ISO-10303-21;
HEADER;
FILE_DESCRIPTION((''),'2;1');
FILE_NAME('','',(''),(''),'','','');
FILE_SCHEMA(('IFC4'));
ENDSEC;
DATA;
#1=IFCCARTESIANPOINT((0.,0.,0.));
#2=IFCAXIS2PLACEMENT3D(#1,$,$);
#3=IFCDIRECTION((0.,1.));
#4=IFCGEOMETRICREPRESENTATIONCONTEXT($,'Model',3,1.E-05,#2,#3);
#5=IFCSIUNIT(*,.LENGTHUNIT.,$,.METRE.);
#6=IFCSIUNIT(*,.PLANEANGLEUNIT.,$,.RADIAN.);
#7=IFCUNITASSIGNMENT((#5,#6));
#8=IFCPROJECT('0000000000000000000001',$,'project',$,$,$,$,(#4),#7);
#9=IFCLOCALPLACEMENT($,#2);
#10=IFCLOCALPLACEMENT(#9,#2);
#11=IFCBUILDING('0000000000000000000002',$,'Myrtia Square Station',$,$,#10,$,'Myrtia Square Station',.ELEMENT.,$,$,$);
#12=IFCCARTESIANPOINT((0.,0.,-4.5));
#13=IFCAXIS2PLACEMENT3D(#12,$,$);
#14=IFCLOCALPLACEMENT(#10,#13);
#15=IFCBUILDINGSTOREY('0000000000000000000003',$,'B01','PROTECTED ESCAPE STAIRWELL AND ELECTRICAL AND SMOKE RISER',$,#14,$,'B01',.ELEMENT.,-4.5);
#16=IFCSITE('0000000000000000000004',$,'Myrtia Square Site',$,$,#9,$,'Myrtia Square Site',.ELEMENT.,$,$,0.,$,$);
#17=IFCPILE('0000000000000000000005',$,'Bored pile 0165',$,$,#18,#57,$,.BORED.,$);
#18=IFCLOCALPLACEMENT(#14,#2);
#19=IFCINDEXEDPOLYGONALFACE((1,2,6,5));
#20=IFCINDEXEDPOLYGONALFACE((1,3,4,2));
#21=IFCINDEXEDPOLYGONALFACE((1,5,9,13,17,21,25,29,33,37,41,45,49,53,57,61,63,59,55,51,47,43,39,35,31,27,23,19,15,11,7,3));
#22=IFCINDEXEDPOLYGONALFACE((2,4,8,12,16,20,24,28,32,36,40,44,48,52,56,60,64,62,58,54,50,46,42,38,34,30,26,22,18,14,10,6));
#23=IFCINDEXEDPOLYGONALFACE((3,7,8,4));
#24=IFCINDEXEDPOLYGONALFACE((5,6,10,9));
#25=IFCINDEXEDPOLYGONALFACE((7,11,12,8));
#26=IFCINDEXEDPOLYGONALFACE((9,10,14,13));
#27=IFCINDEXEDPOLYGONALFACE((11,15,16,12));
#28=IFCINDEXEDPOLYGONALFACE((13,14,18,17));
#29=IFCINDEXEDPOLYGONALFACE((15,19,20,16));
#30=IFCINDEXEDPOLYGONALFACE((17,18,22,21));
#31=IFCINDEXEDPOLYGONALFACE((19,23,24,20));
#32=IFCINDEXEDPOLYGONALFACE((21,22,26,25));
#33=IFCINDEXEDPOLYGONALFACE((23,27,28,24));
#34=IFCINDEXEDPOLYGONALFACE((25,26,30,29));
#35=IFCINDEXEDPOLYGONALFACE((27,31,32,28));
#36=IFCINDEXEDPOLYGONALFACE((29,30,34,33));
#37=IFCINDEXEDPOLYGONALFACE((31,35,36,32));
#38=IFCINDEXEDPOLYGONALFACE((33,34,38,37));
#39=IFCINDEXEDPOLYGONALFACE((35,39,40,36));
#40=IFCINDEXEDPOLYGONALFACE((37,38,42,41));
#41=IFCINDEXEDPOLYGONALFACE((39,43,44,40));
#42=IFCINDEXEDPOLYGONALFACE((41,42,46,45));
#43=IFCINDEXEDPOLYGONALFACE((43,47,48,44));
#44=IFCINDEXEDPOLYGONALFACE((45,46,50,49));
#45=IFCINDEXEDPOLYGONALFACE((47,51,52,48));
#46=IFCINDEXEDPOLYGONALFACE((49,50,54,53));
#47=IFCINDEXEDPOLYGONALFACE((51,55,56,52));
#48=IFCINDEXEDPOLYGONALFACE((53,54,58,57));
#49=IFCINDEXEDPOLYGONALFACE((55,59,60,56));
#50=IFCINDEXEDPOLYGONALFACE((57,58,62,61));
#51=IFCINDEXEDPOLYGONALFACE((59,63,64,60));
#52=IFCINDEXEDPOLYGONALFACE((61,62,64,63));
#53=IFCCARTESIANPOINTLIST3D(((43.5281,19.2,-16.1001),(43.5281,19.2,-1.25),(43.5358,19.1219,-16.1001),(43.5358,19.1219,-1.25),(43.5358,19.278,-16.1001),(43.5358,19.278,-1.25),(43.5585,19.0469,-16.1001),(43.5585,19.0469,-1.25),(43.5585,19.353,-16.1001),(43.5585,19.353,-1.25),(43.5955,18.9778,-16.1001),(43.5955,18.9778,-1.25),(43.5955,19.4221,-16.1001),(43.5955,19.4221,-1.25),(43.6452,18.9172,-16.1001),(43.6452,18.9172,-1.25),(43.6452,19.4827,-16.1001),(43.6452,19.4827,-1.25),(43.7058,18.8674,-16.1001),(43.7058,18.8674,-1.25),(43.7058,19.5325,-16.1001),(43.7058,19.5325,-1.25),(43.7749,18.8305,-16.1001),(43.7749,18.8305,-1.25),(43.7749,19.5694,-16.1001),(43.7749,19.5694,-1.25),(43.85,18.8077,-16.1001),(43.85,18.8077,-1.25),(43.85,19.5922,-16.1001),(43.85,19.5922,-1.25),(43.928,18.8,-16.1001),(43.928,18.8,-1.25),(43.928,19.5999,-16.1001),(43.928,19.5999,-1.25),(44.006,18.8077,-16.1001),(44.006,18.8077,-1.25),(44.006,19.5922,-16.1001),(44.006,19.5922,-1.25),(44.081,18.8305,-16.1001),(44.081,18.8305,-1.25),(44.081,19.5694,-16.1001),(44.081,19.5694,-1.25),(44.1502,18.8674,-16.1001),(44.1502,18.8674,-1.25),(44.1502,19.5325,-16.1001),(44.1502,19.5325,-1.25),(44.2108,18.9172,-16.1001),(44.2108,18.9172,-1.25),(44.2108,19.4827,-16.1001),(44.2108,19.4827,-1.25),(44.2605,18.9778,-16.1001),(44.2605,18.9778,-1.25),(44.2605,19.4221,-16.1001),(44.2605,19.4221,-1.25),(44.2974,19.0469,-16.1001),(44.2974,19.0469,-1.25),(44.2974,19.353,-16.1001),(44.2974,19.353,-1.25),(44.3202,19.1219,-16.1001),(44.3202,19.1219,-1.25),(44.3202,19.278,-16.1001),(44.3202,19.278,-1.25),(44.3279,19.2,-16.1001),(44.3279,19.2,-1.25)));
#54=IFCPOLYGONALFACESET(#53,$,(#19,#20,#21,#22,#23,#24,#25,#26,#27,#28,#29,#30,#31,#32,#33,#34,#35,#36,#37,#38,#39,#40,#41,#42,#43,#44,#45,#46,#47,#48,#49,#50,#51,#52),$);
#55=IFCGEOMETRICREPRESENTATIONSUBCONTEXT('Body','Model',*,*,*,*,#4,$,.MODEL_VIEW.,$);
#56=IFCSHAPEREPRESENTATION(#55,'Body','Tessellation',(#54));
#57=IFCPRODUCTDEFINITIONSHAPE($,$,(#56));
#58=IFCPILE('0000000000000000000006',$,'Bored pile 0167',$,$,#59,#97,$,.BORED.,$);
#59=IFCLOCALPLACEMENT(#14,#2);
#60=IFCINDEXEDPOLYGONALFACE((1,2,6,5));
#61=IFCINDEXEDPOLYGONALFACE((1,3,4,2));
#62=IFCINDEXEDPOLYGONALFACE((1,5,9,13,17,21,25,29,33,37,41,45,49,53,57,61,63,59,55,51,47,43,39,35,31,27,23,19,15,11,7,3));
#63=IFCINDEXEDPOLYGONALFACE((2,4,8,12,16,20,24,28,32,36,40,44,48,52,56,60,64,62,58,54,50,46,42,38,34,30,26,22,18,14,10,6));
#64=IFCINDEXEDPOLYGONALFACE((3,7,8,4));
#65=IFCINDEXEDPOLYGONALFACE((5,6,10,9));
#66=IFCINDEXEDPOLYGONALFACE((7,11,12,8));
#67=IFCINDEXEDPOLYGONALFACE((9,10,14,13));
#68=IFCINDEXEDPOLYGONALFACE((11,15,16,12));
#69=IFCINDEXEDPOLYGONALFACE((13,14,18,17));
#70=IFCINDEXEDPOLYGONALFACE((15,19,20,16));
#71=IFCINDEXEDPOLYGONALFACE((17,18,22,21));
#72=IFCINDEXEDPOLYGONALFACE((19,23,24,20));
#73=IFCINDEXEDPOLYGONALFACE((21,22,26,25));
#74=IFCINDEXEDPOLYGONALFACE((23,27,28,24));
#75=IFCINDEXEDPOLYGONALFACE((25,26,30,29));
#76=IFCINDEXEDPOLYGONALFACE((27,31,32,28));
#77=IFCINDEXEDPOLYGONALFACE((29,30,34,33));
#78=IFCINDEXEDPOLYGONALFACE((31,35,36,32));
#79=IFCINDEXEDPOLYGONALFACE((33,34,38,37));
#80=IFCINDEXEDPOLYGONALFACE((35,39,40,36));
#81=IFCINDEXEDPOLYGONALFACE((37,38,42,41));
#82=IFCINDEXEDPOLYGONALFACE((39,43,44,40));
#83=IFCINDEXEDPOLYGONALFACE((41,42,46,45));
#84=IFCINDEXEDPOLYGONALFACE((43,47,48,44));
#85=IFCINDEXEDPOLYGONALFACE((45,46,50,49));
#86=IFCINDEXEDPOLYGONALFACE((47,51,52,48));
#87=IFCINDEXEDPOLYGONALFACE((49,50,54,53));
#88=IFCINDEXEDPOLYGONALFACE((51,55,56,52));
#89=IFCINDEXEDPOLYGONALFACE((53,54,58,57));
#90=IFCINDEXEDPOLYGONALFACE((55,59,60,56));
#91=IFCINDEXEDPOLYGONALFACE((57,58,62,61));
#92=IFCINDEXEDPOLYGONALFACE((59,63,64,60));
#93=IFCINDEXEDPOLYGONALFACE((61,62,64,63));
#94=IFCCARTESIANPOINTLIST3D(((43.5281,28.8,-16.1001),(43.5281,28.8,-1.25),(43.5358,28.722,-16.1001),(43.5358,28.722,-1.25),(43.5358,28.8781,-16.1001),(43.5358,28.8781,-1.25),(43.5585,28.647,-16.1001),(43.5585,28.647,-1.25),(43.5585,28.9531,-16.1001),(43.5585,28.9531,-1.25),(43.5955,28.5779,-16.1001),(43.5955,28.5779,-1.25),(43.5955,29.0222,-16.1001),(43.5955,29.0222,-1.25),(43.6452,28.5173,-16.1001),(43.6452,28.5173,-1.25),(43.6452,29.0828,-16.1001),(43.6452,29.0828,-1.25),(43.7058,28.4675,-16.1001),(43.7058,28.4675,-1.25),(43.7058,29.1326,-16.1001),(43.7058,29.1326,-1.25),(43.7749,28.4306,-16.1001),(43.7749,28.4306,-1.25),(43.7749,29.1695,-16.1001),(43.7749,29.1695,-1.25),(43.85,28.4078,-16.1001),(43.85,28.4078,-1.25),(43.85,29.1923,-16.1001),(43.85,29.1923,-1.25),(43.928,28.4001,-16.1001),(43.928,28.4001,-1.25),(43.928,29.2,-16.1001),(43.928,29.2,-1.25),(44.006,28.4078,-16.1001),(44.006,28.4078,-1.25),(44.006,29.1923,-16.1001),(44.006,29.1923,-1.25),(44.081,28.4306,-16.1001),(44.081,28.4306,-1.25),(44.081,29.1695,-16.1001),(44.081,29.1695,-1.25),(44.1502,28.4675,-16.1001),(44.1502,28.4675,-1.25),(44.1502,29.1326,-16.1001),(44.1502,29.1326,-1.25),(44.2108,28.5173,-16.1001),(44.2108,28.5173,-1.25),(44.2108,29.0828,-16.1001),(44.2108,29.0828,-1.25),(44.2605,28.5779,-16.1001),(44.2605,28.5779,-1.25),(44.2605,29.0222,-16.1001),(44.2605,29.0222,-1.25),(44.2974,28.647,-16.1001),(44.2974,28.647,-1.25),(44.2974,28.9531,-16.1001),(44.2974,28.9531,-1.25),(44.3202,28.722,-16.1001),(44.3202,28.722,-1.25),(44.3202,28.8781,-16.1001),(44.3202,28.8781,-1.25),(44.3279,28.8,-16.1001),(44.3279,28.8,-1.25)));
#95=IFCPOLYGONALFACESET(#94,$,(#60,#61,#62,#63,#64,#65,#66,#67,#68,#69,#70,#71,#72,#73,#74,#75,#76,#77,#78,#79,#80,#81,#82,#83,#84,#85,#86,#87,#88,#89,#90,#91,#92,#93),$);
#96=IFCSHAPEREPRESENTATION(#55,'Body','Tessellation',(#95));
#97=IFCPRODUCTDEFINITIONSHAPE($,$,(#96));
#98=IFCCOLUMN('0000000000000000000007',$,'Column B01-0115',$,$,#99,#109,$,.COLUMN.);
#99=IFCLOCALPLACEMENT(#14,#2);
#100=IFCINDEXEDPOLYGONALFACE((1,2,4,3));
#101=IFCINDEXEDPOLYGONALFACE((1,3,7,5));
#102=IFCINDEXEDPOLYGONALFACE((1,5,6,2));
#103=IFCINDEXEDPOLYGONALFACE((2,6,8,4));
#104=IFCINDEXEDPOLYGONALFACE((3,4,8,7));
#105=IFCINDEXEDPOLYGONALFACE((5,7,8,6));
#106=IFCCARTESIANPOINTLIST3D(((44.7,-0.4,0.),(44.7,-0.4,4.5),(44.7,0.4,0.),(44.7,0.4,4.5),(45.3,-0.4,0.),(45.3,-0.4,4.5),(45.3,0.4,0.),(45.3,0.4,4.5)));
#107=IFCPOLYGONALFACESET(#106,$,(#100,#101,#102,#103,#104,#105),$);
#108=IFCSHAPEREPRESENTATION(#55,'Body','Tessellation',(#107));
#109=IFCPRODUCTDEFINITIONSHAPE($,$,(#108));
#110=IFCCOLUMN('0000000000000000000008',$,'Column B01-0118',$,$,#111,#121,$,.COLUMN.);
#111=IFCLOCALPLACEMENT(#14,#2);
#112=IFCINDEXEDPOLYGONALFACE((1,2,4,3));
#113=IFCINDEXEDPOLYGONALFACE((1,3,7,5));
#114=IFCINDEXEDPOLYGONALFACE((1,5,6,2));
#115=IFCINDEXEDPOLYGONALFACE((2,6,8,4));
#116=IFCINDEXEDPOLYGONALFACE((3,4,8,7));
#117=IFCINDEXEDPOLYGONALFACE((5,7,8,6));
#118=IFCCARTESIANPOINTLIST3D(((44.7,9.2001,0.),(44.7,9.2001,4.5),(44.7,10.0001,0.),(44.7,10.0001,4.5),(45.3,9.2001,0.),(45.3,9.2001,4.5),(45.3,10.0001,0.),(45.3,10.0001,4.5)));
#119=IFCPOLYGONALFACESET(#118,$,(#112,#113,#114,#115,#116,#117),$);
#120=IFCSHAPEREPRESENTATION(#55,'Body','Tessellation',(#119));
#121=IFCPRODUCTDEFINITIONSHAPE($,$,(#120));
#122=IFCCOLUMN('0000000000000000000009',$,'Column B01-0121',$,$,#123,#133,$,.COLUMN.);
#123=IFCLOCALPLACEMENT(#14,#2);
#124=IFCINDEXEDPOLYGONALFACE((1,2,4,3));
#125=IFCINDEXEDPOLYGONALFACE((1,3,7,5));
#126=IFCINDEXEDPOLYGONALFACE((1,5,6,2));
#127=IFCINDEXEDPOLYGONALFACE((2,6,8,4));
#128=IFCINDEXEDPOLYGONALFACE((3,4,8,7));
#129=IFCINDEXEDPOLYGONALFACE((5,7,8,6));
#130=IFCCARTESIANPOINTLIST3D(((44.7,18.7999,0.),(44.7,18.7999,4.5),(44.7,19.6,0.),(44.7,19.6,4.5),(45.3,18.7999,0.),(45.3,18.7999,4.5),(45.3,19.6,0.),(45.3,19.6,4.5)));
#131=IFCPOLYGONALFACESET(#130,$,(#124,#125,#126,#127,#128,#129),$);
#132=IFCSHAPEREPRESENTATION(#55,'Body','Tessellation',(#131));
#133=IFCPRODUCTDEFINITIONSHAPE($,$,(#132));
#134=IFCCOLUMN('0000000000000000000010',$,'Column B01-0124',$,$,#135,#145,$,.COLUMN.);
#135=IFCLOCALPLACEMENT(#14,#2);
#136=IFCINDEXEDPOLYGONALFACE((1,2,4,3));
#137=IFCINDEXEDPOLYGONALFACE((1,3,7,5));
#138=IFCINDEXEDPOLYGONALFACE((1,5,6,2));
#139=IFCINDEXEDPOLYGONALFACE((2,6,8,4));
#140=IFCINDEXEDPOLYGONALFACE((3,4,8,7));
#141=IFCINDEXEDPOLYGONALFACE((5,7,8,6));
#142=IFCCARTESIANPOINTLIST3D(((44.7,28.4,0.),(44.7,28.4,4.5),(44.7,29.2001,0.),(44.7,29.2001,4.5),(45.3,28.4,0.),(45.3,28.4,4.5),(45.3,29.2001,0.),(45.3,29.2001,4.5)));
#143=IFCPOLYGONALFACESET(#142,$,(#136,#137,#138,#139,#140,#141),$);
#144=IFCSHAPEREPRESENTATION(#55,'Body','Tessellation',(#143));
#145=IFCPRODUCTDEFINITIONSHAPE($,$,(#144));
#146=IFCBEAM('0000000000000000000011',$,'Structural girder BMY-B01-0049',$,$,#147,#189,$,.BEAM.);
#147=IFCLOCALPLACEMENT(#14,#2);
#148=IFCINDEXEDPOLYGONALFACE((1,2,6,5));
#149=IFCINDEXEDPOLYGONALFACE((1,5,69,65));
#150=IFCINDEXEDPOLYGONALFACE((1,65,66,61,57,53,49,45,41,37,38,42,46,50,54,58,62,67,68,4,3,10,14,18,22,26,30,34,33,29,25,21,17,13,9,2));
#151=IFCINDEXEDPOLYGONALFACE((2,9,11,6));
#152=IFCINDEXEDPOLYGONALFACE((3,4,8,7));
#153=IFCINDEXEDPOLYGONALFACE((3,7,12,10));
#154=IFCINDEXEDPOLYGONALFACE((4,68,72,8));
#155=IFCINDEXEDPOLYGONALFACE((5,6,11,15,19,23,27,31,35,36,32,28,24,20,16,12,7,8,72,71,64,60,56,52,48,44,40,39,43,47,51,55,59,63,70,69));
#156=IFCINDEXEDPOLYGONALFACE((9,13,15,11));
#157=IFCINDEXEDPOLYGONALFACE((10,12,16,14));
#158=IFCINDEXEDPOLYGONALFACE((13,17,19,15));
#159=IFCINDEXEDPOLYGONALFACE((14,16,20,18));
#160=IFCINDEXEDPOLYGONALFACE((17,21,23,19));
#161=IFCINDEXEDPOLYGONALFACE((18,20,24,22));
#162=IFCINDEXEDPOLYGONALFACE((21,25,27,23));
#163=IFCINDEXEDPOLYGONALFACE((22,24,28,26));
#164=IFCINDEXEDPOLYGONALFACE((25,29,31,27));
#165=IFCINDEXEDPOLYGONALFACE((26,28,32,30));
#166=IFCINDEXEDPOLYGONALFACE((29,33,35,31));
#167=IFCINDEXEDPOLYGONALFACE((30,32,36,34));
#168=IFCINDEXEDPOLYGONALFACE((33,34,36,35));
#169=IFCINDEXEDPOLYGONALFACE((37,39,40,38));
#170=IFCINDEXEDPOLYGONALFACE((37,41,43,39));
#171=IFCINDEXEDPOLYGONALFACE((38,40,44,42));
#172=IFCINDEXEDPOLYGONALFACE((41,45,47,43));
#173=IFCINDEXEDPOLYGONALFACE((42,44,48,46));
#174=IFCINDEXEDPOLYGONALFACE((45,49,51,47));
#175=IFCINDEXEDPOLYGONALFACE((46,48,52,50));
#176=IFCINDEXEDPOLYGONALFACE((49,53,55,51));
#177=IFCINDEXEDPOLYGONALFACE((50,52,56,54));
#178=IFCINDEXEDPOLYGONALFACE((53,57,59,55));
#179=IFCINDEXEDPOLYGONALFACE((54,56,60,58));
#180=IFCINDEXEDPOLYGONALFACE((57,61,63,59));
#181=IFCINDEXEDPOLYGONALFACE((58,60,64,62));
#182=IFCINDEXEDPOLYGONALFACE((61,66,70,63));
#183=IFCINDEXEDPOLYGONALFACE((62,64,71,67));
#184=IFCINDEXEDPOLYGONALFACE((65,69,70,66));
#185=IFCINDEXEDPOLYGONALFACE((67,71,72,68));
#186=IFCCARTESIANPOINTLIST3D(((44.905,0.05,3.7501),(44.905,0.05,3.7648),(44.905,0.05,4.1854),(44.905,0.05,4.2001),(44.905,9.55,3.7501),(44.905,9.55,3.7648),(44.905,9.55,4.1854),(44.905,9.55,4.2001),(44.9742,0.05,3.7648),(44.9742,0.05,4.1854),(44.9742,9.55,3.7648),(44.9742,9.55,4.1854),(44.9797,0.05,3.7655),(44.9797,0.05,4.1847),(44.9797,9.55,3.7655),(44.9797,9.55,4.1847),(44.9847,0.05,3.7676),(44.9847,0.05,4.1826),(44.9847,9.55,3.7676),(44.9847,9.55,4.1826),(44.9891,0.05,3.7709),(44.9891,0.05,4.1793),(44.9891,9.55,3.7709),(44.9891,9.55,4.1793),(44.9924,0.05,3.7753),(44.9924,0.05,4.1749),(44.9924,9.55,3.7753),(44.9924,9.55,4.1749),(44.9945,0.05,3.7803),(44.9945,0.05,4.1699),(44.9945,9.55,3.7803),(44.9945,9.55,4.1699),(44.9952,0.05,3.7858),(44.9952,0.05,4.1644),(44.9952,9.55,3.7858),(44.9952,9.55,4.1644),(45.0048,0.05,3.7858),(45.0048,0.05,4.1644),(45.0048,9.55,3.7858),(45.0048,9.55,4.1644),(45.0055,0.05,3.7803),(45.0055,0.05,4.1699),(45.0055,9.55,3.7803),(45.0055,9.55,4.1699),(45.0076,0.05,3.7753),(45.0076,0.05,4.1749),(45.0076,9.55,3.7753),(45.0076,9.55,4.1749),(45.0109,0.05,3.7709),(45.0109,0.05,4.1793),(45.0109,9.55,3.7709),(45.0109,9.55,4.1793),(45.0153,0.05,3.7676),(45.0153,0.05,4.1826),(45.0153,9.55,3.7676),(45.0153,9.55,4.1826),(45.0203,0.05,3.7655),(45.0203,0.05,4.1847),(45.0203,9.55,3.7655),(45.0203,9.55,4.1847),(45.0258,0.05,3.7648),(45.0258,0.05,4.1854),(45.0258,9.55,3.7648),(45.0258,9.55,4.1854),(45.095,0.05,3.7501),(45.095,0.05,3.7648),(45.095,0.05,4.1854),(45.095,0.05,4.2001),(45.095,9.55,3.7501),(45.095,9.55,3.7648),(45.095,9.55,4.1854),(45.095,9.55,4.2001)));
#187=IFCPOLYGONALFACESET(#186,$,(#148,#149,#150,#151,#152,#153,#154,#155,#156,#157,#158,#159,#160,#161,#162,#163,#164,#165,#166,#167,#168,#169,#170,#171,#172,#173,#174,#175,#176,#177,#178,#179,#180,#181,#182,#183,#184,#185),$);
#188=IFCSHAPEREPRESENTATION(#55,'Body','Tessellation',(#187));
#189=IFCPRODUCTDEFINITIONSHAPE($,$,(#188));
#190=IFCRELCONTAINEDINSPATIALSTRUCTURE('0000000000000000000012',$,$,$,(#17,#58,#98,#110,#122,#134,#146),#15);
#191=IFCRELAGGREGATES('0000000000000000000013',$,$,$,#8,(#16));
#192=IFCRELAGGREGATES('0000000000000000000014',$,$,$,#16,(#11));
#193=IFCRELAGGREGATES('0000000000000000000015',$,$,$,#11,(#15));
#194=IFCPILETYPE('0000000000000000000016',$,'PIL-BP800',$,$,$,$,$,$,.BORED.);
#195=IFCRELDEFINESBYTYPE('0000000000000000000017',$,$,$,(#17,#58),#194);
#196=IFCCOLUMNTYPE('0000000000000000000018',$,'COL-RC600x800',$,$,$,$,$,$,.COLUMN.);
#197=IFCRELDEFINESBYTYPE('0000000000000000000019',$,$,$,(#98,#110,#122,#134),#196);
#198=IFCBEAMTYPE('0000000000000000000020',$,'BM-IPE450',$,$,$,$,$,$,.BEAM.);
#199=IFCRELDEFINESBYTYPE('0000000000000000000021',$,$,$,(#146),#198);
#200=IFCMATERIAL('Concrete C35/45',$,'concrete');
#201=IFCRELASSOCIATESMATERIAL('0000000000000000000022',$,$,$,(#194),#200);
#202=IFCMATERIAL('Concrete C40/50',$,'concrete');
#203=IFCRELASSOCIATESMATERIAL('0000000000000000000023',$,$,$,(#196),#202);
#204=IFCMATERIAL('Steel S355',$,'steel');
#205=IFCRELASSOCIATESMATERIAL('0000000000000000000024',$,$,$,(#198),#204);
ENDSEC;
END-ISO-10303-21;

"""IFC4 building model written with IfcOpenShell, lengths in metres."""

from ifc_helpers import new_model, si_unit, direction, frame, origin, origin_2d, place, context, subcontext, project, spatial, rectangle, circle, i_section, extrude, material, material_profile, profile_set, type_object, element, save


model = new_model("IFC4")

# Units and contexts
model_context = context("Model", 3, precision=1e-05, world=origin(), true_north=direction((0.0, 1.0)))
body_context = subcontext(model_context, "Body", "Model", "MODEL_VIEW")
ifc_project = project(units=[si_unit("LENGTHUNIT", "METRE"), si_unit("PLANEANGLEUNIT", "RADIAN")], contexts=[model_context])

# Site, building, storey
site_placement = place(None, origin())
site = spatial("IfcSite", under=ifc_project, at=site_placement, Name="Myrtia Square Site", LongName="Myrtia Square Site", CompositionType="ELEMENT", RefElevation=0.0)
building_placement = place(site_placement, origin())
building = spatial("IfcBuilding", under=site, at=building_placement, Name="Myrtia Square Station", LongName="Myrtia Square Station", CompositionType="ELEMENT")
storey_placement = place(building_placement, frame((0.0, 0.0, -4.5)))
storey = spatial("IfcBuildingStorey", under=building, at=storey_placement, Name="B01", Description="PROTECTED ESCAPE STAIRWELL AND ELECTRICAL AND SMOKE RISER", LongName="B01", CompositionType="ELEMENT", Elevation=-4.5)

# Shared definitions
ifc_material_1 = material(Name="Concrete C35/45", Category="concrete")

# Piles
ifc_material_profile_1 = material_profile(ifc_material_1, circle(Radius=0.3999, at=origin_2d()), Name="BP D800")
ifc_profile_set_1 = profile_set([ifc_material_profile_1], Name="Concrete C35/45")
pile_type = type_object("IfcPileType", Name="PIL-BP800", PredefinedType="BORED", material=ifc_profile_set_1)
for number, where, z_axis, x_axis, name in (
    (1, (43.928, 19.2, -1.25), (0.0, 0.0, -1.0), (1.0, 0.0, 0.0), "Bored pile 0165"),
    (2, (43.928, 28.8, -1.25), (0.0, 0.0, -1.0), (1.0, 0.0, 0.0), "Bored pile 0167"),
):
    element("IfcPile", number, at=place(storey_placement, frame(where, z_axis=z_axis, x_axis=x_axis)), inside=storey, type_object=pile_type, Name=name, PredefinedType="BORED", context=body_context, shape_type="SweptSolid", body=[
        extrude(circle(Radius=0.3999, at=origin_2d()), origin(), (0.0, 0.0, 1.0), 14.8501),
    ])

# Columns
ifc_material_2 = material(Name="Concrete C40/50", Category="concrete")
ifc_material_profile_2 = material_profile(ifc_material_2, rectangle(XDim=0.6001, YDim=0.8, at=origin_2d()), Name="RC 600x800")
ifc_profile_set_2 = profile_set([ifc_material_profile_2], Name="Concrete C40/50")
column_type = type_object("IfcColumnType", Name="COL-RC600x800", PredefinedType="COLUMN", material=ifc_profile_set_2)
for number, where, z_axis, x_axis, name in (
    (3, (45.0, 0.0, 0.0), (0.0, 0.0, 1.0), (1.0, 0.0, 0.0), "Column B01-0115"),
    (4, (45.0, 9.6001, 0.0), (0.0, 0.0, 1.0), (1.0, 0.0, 0.0), "Column B01-0118"),
    (5, (45.0, 19.2, 0.0), (0.0, 0.0, 1.0), (1.0, 0.0, 0.0), "Column B01-0121"),
    (6, (45.0, 28.8, 0.0), (0.0, 0.0, 1.0), (1.0, 0.0, 0.0), "Column B01-0124"),
):
    element("IfcColumn", number, at=place(storey_placement, frame(where, z_axis=z_axis, x_axis=x_axis)), inside=storey, type_object=column_type, Name=name, PredefinedType="COLUMN", context=body_context, shape_type="SweptSolid", body=[
        extrude(rectangle(XDim=0.6001, YDim=0.8, at=origin_2d()), origin(), (0.0, 0.0, 1.0), 4.5),
    ])

# Beam
ifc_material_3 = material(Name="Steel S355", Category="steel")
ifc_material_profile_3 = material_profile(ifc_material_3, i_section(OverallWidth=0.1899, OverallDepth=0.45, WebThickness=0.0095, FlangeThickness=0.0146, FilletRadius=0.021, at=origin_2d()), Name="IPE 450")
ifc_profile_set_3 = profile_set([ifc_material_profile_3], Name="Steel S355")
beam_type_1 = type_object("IfcBeamType", Name="BM-IPE450", PredefinedType="BEAM", material=ifc_profile_set_3)
for number, where, z_axis, x_axis, name in (
    (7, (45.0, 0.05, 3.9751), (0.0, 1.0, 0.0), (-1.0, 0.0, 0.0), "Structural girder BMY-B01-0049"),
):
    element("IfcBeam", number, at=place(storey_placement, frame(where, z_axis=z_axis, x_axis=x_axis)), inside=storey, type_object=beam_type_1, Name=name, PredefinedType="BEAM", context=body_context, shape_type="SweptSolid", body=[
        extrude(i_section(OverallWidth=0.1899, OverallDepth=0.45, WebThickness=0.0095, FlangeThickness=0.0146, FilletRadius=0.021, at=origin_2d()), origin(), (0.0, 0.0, 1.0), 9.5),
    ])

save(model, "model.ifc")
